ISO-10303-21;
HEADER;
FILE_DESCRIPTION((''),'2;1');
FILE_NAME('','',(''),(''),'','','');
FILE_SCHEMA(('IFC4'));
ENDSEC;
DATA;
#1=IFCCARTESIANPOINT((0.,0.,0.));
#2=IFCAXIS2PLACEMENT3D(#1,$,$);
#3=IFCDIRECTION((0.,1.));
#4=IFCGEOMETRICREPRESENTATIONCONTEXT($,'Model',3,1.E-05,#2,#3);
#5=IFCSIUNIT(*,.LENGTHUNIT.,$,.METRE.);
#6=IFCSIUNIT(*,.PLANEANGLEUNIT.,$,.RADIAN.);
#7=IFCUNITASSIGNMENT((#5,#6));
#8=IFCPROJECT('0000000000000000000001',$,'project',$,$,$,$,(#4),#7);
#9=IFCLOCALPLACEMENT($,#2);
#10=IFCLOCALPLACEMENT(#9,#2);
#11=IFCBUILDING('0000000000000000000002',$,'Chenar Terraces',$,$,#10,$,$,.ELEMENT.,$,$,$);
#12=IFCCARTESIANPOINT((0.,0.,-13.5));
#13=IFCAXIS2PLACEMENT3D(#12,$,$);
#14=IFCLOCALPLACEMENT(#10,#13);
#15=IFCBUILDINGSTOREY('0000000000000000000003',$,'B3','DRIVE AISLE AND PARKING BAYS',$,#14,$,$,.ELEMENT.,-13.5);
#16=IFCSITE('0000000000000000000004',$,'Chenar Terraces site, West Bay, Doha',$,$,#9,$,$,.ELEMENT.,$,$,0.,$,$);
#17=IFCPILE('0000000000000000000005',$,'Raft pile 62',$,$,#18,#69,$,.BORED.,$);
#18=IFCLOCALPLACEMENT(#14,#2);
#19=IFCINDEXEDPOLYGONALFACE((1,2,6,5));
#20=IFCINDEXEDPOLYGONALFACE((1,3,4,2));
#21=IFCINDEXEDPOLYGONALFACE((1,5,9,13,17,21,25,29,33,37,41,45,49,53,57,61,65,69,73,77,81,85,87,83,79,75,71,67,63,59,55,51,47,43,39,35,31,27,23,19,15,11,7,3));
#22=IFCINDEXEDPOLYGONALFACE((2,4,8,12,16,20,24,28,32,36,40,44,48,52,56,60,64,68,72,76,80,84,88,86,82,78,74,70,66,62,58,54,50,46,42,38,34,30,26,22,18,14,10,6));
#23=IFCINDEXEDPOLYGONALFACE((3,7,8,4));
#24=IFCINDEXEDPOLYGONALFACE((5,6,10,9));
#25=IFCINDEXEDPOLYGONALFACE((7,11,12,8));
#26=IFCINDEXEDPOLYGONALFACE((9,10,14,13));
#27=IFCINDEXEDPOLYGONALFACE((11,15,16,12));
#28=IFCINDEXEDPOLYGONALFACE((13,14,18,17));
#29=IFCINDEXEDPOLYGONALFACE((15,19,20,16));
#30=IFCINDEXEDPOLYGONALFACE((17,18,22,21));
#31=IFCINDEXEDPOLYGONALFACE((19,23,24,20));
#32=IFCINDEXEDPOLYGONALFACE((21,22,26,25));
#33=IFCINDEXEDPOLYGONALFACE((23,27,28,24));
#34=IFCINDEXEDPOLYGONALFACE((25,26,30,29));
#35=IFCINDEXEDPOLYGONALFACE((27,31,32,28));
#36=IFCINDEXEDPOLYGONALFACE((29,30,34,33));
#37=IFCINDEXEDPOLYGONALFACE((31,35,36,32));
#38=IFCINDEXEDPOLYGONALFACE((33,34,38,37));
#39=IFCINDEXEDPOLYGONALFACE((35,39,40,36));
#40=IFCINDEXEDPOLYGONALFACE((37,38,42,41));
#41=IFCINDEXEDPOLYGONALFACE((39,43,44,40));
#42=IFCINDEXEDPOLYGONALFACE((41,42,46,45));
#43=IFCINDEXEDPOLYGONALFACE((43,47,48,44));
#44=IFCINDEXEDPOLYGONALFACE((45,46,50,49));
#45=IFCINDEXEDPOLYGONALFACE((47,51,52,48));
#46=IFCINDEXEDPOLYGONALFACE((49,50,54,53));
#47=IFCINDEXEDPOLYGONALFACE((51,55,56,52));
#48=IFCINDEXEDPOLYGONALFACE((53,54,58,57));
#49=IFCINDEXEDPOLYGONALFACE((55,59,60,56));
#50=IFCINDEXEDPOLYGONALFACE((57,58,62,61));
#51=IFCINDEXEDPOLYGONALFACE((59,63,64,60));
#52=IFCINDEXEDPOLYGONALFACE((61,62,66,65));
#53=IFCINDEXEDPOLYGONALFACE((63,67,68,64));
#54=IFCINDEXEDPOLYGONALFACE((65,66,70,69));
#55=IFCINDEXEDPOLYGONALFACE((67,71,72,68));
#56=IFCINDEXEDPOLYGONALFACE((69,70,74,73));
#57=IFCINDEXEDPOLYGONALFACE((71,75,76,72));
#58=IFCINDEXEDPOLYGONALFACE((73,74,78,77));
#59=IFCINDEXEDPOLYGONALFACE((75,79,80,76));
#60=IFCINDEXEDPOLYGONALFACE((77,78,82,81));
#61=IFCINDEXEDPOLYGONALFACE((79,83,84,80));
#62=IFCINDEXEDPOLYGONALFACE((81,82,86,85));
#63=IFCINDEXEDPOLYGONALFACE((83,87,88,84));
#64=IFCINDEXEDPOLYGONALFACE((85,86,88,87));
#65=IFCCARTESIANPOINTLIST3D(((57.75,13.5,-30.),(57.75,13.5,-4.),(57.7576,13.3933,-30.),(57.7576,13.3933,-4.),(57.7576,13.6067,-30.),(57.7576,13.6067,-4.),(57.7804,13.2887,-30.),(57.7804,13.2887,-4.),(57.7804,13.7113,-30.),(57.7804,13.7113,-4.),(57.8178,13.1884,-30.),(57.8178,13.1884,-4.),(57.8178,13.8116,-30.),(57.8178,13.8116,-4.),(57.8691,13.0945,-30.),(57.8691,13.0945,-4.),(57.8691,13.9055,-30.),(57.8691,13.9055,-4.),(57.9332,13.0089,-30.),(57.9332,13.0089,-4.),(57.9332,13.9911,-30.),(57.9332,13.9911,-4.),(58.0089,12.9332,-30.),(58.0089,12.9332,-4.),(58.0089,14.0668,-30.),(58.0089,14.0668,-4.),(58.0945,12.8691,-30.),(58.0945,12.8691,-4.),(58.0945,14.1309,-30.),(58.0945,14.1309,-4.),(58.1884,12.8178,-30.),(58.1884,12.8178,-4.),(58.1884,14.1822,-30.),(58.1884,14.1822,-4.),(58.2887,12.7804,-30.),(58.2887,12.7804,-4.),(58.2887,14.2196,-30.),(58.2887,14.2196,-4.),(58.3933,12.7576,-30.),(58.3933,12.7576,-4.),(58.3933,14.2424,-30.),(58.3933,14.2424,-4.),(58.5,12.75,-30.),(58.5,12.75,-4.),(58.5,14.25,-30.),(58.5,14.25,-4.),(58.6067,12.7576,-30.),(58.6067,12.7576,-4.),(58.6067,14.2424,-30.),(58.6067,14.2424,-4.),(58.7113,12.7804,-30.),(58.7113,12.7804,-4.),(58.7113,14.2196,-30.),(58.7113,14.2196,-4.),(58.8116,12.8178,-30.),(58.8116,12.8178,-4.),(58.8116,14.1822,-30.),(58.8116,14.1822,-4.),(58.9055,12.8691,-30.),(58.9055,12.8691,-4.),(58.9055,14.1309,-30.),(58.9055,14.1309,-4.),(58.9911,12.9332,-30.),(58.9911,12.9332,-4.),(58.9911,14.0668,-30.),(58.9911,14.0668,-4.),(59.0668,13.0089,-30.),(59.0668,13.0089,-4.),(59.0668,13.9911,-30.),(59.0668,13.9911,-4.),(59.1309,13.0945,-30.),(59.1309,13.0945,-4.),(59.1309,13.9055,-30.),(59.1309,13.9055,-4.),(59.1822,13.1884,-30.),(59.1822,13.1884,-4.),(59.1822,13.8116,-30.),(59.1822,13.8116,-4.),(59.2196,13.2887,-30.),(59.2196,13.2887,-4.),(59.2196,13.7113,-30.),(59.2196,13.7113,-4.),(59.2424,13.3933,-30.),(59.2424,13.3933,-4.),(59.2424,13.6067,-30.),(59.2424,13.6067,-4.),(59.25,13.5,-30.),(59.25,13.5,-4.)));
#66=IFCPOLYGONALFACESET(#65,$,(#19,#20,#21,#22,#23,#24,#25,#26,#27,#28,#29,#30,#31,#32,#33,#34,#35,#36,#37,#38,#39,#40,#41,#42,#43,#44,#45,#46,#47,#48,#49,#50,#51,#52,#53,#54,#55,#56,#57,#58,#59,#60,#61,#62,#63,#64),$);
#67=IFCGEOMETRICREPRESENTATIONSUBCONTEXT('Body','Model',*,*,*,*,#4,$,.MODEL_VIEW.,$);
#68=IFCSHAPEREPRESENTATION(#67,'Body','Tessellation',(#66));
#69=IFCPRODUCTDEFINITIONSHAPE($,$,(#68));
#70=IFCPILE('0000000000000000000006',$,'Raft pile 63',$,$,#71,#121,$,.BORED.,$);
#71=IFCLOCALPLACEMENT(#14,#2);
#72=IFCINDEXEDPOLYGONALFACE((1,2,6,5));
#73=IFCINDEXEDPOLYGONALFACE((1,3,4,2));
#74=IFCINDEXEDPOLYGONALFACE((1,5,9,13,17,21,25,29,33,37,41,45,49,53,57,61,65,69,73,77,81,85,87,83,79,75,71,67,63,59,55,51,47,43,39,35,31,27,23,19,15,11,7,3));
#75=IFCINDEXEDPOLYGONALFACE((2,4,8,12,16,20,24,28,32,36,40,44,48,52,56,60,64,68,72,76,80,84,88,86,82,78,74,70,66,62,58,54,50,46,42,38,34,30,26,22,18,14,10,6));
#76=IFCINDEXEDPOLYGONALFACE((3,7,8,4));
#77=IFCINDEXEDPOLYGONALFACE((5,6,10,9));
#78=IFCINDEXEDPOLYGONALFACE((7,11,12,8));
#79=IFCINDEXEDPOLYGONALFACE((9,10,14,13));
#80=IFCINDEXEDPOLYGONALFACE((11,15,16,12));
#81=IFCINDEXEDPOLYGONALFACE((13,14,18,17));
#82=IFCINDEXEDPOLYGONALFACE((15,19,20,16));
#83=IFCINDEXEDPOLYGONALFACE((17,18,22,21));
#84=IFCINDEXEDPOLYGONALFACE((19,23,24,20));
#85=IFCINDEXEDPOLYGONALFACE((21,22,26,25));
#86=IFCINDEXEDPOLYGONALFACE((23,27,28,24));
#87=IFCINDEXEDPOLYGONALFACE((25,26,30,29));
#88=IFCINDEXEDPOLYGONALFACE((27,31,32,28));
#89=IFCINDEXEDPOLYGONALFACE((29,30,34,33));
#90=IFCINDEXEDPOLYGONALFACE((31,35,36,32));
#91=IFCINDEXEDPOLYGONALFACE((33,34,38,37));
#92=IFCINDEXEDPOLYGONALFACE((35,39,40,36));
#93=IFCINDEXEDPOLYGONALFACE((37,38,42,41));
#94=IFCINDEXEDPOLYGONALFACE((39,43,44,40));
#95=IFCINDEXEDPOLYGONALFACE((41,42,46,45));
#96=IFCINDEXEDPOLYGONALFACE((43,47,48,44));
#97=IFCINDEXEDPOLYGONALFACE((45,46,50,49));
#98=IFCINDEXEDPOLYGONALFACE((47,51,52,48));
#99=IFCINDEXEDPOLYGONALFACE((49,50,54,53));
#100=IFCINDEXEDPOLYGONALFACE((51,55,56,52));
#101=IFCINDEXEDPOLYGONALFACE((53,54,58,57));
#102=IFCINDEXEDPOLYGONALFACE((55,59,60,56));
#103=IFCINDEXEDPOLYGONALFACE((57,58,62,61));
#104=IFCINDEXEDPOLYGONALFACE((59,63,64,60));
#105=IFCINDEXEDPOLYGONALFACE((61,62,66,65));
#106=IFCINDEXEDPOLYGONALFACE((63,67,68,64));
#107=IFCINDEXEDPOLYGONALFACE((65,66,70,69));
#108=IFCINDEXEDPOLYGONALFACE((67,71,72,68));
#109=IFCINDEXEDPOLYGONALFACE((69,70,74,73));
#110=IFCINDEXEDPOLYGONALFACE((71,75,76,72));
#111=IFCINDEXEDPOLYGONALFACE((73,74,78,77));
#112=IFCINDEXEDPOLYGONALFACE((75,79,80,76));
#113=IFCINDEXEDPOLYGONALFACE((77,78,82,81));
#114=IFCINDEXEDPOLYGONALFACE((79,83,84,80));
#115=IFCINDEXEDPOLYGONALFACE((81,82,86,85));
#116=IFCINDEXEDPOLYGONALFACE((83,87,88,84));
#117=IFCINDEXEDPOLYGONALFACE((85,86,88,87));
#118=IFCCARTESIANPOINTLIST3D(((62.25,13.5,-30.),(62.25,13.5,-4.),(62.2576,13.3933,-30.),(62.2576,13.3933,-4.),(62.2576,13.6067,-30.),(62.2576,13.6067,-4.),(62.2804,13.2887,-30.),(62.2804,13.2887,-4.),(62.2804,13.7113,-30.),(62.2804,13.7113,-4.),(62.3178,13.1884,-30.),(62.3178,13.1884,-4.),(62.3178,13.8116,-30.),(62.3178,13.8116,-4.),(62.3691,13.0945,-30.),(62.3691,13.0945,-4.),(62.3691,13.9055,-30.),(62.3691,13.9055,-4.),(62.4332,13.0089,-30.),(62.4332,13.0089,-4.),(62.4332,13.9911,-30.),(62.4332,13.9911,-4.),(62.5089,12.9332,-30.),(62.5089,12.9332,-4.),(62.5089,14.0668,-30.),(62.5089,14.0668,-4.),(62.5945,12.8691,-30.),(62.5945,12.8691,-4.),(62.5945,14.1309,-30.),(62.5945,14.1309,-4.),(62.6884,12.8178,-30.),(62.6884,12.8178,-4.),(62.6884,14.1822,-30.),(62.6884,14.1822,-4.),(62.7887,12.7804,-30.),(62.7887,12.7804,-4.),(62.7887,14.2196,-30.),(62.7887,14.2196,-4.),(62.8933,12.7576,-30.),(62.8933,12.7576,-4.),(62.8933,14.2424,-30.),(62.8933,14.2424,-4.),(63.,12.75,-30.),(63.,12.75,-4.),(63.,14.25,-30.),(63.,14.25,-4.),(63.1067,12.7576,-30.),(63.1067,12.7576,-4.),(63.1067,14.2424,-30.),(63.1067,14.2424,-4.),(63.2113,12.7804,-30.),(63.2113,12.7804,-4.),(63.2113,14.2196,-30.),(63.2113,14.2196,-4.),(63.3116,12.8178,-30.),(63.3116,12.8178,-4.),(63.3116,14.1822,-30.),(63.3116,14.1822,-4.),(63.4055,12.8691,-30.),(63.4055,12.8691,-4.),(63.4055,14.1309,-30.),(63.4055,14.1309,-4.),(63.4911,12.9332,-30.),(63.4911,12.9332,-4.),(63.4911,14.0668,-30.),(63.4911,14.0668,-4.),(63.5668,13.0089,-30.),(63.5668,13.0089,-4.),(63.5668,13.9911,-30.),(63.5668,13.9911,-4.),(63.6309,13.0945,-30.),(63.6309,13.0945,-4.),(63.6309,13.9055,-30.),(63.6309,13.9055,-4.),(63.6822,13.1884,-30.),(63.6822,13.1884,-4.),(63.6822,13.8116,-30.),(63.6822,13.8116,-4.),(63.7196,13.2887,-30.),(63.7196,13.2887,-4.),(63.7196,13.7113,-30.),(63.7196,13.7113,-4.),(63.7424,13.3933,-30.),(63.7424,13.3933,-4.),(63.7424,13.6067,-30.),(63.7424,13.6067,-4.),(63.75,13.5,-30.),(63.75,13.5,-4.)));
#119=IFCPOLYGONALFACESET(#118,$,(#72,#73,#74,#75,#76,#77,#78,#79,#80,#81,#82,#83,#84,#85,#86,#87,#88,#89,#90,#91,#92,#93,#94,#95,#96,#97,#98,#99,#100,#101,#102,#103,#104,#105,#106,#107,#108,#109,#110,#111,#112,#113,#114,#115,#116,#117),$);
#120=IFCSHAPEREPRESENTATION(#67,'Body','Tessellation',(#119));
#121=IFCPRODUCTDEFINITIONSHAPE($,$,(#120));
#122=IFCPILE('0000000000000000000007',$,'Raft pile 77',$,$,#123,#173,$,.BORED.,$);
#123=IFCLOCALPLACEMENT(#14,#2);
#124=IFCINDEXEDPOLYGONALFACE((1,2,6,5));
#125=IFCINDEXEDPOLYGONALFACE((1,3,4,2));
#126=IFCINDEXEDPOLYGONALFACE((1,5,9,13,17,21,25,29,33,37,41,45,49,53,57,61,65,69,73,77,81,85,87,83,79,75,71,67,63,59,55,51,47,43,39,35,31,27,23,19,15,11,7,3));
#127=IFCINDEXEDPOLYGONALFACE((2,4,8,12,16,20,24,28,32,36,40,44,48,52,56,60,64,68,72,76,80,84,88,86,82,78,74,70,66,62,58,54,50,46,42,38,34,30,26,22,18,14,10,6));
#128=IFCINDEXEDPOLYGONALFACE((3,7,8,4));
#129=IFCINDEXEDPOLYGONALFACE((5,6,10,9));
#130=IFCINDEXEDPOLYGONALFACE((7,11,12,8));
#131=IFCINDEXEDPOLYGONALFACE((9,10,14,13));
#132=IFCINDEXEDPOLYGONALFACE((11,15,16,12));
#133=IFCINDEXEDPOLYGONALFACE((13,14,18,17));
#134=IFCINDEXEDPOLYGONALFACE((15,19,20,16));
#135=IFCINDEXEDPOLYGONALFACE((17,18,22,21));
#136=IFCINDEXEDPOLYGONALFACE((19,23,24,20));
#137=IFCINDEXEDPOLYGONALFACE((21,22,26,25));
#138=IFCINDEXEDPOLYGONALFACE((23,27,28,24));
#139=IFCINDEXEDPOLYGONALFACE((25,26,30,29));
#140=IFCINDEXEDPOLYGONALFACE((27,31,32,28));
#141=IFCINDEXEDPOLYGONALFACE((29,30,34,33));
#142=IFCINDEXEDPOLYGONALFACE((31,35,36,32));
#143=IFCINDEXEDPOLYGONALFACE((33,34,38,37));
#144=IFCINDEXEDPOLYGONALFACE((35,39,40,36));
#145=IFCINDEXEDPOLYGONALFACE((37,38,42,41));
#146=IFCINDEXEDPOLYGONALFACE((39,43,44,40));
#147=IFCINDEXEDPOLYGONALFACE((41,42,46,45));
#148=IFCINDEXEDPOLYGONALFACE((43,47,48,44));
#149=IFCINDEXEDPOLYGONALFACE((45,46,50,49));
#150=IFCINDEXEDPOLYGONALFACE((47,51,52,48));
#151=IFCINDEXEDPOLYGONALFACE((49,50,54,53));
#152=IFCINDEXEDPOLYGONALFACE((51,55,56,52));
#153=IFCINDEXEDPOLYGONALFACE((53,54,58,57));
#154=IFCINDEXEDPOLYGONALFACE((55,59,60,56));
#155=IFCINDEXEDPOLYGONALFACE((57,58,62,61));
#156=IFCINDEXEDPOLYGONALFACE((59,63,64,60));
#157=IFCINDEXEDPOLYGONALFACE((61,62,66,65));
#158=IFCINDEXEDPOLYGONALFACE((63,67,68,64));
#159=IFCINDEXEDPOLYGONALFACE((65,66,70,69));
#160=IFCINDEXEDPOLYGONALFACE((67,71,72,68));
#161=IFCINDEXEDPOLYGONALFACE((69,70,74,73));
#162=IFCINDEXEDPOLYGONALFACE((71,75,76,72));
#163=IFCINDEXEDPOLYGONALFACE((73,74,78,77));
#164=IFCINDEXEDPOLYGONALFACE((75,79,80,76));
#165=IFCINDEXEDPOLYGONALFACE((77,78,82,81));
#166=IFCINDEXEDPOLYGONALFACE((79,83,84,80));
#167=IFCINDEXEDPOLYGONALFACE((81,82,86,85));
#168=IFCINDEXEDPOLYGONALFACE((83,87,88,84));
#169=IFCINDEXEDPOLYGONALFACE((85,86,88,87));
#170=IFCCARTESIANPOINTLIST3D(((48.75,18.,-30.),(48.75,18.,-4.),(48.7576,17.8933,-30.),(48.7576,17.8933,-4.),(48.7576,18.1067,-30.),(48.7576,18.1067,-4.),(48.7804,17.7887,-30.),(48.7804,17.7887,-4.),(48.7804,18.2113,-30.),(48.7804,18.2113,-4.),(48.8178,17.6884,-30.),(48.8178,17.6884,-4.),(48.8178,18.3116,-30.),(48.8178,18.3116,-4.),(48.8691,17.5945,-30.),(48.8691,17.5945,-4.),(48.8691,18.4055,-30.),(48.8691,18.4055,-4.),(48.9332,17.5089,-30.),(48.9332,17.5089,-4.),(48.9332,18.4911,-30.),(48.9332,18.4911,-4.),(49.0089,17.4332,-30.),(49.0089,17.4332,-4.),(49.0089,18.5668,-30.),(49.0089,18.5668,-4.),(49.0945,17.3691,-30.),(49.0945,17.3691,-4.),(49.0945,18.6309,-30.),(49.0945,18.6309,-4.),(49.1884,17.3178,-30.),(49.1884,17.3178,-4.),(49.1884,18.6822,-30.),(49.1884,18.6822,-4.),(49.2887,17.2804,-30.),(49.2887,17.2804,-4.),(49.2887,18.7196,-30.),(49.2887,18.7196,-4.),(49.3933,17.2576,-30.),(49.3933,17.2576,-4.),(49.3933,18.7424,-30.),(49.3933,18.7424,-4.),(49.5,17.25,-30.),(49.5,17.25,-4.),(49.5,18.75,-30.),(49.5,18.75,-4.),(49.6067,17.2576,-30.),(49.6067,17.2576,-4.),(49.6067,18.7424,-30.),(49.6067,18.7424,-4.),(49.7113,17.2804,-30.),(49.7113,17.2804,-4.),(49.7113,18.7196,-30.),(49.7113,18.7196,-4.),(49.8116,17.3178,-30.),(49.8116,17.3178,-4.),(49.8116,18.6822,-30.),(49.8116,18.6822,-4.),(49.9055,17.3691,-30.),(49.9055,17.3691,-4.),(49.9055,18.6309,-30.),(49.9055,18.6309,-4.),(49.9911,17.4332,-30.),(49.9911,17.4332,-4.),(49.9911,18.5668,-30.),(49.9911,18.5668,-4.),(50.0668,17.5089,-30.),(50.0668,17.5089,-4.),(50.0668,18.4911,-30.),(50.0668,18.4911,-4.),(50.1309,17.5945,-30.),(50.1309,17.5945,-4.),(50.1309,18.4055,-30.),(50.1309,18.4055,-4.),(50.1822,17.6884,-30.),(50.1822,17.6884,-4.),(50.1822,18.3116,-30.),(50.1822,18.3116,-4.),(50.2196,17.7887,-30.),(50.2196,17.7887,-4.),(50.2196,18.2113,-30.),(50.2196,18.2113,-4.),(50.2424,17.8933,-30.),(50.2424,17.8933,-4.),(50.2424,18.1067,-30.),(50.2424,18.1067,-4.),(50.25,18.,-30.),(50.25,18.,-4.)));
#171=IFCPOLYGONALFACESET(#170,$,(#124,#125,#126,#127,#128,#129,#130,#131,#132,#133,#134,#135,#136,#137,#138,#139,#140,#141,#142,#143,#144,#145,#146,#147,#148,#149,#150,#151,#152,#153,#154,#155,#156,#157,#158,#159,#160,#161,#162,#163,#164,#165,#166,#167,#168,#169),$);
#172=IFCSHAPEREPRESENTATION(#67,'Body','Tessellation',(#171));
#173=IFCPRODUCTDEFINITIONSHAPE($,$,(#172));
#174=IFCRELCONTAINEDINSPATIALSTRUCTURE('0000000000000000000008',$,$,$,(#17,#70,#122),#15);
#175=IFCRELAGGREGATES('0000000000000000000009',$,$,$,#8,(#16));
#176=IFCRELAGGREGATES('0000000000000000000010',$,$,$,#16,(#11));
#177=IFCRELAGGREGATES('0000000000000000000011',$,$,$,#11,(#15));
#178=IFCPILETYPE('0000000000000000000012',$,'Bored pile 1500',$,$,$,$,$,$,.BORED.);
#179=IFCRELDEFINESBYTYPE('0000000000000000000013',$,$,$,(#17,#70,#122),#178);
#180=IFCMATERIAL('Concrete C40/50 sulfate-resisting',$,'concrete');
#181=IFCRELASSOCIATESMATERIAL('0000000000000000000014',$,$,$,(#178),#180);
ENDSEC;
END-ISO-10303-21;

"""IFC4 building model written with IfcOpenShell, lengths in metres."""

from ifc_helpers import new_model, si_unit, direction, frame, origin, origin_2d, place, context, subcontext, project, spatial, circle, extrude, material, material_profile, profile_set, type_object, element, save


model = new_model("IFC4")

# Units and contexts
model_context = context("Model", 3, precision=1e-05, world=origin(), true_north=direction((0.0, 1.0)))
body_context = subcontext(model_context, "Body", "Model", "MODEL_VIEW")
ifc_project = project(units=[si_unit("LENGTHUNIT", "METRE"), si_unit("PLANEANGLEUNIT", "RADIAN")], contexts=[model_context])

# Site, building, storey
site_placement = place(None, origin())
site = spatial("IfcSite", under=ifc_project, at=site_placement, Name="Chenar Terraces site, West Bay, Doha", CompositionType="ELEMENT", RefElevation=0.0)
building_placement = place(site_placement, origin())
building = spatial("IfcBuilding", under=site, at=building_placement, Name="Chenar Terraces", CompositionType="ELEMENT")
storey_placement = place(building_placement, frame((0.0, 0.0, -13.5)))
storey = spatial("IfcBuildingStorey", under=building, at=storey_placement, Name="B3", Description="DRIVE AISLE AND PARKING BAYS", CompositionType="ELEMENT", Elevation=-13.5)

# Piles
ifc_material_1 = material(Name="Concrete C40/50 sulfate-resisting", Category="concrete")
ifc_material_profile_1 = material_profile(ifc_material_1, circle(Radius=0.75, at=origin_2d()), Name="BP 1500")
ifc_profile_set_1 = profile_set([ifc_material_profile_1], Name="Concrete C40/50 sulfate-resisting")
pile_type = type_object("IfcPileType", Name="Bored pile 1500", PredefinedType="BORED", material=ifc_profile_set_1)
for number, where, z_axis, x_axis, name in (
    (1, (58.5, 13.5, -4.0), (0.0, 0.0, -1.0), (1.0, 0.0, 0.0), "Raft pile 62"),
    (2, (63.0, 13.5, -4.0), (0.0, 0.0, -1.0), (1.0, 0.0, 0.0), "Raft pile 63"),
    (3, (49.5, 18.0, -4.0), (0.0, 0.0, -1.0), (1.0, 0.0, 0.0), "Raft pile 77"),
):
    element("IfcPile", number, at=place(storey_placement, frame(where, z_axis=z_axis, x_axis=x_axis)), inside=storey, type_object=pile_type, Name=name, PredefinedType="BORED", context=body_context, shape_type="SweptSolid", body=[
        extrude(circle(Radius=0.75, at=origin_2d()), origin(), (0.0, 0.0, 1.0), 26.0),
    ])

save(model, "model.ifc")
